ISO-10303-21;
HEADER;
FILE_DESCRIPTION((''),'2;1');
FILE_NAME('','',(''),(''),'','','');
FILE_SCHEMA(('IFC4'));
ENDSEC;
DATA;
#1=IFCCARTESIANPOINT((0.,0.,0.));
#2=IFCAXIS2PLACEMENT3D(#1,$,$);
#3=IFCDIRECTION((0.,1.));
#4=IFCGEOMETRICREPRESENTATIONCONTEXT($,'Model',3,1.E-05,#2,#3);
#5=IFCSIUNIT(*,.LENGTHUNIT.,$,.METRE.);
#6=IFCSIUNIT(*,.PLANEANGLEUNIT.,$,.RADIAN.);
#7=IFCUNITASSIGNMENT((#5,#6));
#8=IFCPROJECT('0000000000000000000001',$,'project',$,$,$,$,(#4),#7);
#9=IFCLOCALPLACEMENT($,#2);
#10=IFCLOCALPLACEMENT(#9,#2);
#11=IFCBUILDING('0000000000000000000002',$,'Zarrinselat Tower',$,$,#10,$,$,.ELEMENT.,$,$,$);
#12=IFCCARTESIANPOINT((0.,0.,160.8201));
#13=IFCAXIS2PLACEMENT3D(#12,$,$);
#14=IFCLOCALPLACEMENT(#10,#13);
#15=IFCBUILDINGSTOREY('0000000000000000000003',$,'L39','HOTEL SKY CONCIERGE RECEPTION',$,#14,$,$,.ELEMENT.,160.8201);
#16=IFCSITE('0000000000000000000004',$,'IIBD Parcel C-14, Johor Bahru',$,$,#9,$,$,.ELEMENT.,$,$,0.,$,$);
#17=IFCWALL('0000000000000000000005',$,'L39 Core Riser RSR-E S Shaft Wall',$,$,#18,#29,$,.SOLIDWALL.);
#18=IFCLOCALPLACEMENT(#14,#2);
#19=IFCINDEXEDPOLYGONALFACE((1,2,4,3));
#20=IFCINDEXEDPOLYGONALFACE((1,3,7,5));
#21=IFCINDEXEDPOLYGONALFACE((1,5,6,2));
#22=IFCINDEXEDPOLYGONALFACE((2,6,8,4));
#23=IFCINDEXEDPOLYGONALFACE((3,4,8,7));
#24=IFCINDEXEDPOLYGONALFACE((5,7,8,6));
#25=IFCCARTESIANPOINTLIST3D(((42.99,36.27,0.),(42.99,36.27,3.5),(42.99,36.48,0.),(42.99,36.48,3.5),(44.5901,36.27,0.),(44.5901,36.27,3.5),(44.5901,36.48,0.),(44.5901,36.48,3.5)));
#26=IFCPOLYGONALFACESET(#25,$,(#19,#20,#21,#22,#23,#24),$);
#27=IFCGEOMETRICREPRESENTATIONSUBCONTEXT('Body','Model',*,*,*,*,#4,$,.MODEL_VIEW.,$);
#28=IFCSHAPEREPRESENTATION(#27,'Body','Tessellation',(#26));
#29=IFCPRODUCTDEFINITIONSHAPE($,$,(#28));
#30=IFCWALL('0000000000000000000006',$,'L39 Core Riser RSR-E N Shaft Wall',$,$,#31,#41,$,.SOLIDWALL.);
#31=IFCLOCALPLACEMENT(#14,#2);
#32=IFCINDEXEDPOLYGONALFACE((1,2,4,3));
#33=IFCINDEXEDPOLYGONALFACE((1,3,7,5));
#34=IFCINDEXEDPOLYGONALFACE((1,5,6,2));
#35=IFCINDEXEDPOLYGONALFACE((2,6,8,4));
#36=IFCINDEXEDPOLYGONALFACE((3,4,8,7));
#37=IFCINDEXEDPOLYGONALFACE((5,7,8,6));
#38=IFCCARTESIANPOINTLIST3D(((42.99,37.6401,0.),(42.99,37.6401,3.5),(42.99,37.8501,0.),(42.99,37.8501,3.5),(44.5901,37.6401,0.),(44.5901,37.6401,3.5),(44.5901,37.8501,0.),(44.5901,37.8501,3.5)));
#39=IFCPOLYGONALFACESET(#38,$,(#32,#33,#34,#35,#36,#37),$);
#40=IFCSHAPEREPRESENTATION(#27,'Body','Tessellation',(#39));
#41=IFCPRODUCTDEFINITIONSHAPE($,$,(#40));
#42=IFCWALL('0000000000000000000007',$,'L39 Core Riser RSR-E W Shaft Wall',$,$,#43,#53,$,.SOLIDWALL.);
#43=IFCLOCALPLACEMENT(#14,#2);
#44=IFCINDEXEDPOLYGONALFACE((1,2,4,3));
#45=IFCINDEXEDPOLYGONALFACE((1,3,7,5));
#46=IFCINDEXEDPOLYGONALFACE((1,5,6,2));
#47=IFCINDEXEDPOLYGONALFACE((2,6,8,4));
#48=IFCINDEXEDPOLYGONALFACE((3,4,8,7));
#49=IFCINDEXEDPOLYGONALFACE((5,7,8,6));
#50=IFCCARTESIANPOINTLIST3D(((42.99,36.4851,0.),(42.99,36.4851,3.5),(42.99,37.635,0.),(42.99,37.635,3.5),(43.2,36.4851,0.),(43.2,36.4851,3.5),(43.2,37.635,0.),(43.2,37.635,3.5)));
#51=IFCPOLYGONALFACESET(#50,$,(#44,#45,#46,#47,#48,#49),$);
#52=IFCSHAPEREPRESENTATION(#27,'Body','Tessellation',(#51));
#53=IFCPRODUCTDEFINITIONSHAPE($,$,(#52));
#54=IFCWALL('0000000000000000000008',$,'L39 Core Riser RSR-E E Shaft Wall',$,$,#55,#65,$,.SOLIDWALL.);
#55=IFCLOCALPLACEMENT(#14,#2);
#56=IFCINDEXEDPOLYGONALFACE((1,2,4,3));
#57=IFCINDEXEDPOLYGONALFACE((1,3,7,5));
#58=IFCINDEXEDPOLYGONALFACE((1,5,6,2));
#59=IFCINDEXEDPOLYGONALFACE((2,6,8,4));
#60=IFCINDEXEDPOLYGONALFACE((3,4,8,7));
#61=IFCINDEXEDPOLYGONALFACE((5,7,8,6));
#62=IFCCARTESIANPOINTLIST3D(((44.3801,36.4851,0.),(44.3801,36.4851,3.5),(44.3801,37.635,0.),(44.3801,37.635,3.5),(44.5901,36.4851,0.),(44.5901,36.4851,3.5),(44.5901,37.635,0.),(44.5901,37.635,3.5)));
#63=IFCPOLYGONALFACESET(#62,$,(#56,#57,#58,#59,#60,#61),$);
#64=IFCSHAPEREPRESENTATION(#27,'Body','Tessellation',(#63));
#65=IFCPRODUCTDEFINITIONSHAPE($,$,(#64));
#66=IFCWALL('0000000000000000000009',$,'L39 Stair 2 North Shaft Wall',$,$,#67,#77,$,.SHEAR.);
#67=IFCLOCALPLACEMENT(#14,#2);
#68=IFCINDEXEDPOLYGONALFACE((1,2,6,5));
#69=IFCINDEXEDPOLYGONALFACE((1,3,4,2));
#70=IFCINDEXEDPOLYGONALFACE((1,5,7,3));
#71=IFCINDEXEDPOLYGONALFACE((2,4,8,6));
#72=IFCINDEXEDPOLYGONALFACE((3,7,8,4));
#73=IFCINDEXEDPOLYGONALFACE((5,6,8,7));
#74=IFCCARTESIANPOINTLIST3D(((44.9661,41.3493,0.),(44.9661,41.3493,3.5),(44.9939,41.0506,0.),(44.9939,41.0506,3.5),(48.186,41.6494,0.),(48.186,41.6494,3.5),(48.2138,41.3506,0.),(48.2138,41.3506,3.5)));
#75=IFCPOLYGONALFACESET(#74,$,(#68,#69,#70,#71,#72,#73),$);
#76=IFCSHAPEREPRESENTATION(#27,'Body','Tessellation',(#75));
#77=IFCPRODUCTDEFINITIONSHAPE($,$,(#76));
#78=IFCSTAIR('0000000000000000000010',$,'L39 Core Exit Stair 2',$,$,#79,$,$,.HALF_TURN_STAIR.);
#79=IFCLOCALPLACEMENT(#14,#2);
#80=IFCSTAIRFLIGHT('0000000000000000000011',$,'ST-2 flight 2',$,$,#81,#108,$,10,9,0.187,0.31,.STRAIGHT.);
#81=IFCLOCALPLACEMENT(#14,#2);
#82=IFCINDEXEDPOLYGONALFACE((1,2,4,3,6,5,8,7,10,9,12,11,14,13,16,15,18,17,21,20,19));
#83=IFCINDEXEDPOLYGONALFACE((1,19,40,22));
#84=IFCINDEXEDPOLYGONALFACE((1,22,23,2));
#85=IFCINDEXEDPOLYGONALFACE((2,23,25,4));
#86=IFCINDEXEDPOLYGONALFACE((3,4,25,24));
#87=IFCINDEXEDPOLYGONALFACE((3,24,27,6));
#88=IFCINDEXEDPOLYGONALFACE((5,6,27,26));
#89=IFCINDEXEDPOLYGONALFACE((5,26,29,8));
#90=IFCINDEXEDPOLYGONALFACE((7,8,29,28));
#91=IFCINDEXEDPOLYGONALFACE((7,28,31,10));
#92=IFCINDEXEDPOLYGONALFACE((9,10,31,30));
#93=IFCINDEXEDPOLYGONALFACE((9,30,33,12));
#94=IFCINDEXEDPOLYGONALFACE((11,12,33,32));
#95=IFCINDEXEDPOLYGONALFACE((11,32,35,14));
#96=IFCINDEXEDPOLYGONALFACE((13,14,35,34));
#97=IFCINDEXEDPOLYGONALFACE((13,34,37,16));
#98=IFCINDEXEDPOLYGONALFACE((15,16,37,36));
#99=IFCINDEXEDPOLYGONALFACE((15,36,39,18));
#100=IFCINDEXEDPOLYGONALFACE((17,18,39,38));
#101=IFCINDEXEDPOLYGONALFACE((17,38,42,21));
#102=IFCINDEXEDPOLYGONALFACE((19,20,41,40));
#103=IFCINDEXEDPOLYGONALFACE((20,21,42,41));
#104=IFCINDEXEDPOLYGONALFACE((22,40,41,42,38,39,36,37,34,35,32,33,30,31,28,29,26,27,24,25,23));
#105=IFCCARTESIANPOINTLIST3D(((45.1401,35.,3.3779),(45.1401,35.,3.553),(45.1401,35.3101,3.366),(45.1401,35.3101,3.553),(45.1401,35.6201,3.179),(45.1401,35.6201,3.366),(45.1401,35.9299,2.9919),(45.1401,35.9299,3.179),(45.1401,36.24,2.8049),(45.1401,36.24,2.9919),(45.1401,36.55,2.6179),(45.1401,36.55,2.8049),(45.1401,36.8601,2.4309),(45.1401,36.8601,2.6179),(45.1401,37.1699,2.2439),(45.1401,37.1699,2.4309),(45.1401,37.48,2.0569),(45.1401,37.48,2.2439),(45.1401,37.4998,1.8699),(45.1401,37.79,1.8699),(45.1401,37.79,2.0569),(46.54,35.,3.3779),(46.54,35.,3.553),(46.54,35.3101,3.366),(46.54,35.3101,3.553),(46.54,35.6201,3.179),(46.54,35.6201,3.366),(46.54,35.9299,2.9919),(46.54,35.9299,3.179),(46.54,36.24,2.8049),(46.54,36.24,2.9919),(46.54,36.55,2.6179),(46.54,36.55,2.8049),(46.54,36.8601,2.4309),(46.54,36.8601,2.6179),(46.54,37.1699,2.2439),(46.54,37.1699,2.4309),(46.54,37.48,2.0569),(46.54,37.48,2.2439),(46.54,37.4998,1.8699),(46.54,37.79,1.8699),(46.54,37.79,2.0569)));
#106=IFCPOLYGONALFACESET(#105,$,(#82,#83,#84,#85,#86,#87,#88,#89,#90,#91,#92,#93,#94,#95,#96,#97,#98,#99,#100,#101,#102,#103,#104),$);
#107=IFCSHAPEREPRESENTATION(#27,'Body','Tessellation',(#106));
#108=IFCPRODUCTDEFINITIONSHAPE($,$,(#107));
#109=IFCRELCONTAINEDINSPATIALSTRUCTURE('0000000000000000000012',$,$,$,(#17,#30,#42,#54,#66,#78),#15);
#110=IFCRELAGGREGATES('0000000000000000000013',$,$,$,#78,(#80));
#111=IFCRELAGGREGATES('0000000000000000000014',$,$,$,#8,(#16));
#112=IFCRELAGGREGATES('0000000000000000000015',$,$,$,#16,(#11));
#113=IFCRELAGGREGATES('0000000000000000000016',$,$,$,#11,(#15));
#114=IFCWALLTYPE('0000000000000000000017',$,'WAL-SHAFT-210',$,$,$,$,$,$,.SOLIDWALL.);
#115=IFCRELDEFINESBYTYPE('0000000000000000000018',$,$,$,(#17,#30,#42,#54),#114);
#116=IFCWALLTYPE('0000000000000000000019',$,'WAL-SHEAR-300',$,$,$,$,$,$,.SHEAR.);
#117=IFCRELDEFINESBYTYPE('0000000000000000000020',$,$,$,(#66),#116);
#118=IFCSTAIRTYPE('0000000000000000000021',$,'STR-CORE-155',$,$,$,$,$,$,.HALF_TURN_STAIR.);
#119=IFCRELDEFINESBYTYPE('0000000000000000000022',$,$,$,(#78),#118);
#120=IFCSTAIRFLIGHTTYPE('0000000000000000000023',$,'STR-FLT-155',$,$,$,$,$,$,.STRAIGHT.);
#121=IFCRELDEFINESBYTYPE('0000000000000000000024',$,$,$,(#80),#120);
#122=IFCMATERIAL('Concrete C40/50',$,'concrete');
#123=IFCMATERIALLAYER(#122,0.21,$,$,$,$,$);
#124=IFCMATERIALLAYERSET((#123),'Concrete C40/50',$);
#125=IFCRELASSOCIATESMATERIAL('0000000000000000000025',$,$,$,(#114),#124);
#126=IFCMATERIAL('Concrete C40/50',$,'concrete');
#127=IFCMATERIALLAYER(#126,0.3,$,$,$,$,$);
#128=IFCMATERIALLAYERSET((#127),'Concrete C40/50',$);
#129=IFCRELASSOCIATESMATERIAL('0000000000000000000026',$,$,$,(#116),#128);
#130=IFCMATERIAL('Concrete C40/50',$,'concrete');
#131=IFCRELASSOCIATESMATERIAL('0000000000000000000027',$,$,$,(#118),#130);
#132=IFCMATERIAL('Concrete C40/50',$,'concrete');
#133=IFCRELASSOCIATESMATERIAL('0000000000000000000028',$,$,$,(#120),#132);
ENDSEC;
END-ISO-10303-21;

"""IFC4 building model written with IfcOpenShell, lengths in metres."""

from ifc_helpers import new_model, si_unit, direction, frame, frame_2d, origin, place, context, subcontext, project, spatial, polyline, rectangle, outline, extrude, material, layer, layer_set, type_object, element, aggregate, save


model = new_model("IFC4")

# Units and contexts
model_context = context("Model", 3, precision=1e-05, world=origin(), true_north=direction((0.0, 1.0)))
body_context = subcontext(model_context, "Body", "Model", "MODEL_VIEW")
ifc_project = project(units=[si_unit("LENGTHUNIT", "METRE"), si_unit("PLANEANGLEUNIT", "RADIAN")], contexts=[model_context])

# Site, building, storey
site_placement = place(None, origin())
site = spatial("IfcSite", under=ifc_project, at=site_placement, Name="IIBD Parcel C-14, Johor Bahru", CompositionType="ELEMENT", RefElevation=0.0)
building_placement = place(site_placement, origin())
building = spatial("IfcBuilding", under=site, at=building_placement, Name="Zarrinselat Tower", CompositionType="ELEMENT")
storey_placement = place(building_placement, frame((0.0, 0.0, 160.8201)))
storey = spatial("IfcBuildingStorey", under=building, at=storey_placement, Name="L39", Description="HOTEL SKY CONCIERGE RECEPTION", CompositionType="ELEMENT", Elevation=160.8201)

# Walls
ifc_material_1 = material(Name="Concrete C40/50", Category="concrete")
ifc_layer_1 = layer(ifc_material_1, 0.21)
ifc_layer_set_1 = layer_set([ifc_layer_1], Name="Concrete C40/50")
wall_type_1 = type_object("IfcWallType", Name="WAL-SHAFT-210", PredefinedType="SOLIDWALL", material=ifc_layer_set_1)
for number, where, z_axis, x_axis, name in (
    (1, (42.99, 36.375, 0.0), (0.0, 0.0, 1.0), (1.0, 0.0, 0.0), "L39 Core Riser RSR-E S Shaft Wall"),
    (2, (42.99, 37.7451, 0.0), (0.0, 0.0, 1.0), (1.0, 0.0, 0.0), "L39 Core Riser RSR-E N Shaft Wall"),
):
    element("IfcWall", number, at=place(storey_placement, frame(where, z_axis=z_axis, x_axis=x_axis)), inside=storey, type_object=wall_type_1, Name=name, PredefinedType="SOLIDWALL", context=body_context, shape_type="SweptSolid", body=[
        extrude(rectangle(XDim=1.6001, YDim=0.21, at=frame_2d((0.8, 0.0))), origin(), (0.0, 0.0, 1.0), 3.5),
    ])
for number, where, z_axis, x_axis, name in (
    (3, (43.095, 36.4851, 0.0), (0.0, 0.0, 1.0), (0.0, 1.0, 0.0), "L39 Core Riser RSR-E W Shaft Wall"),
    (4, (44.4851, 36.4851, 0.0), (0.0, 0.0, 1.0), (0.0, 1.0, 0.0), "L39 Core Riser RSR-E E Shaft Wall"),
):
    element("IfcWall", number, at=place(storey_placement, frame(where, z_axis=z_axis, x_axis=x_axis)), inside=storey, type_object=wall_type_1, Name=name, PredefinedType="SOLIDWALL", context=body_context, shape_type="SweptSolid", body=[
        extrude(rectangle(XDim=1.1499, YDim=0.21, at=frame_2d((0.575, 0.0))), origin(), (0.0, 0.0, 1.0), 3.5),
    ])
ifc_material_2 = material(Name="Concrete C40/50", Category="concrete")
ifc_layer_2 = layer(ifc_material_2, 0.3)
ifc_layer_set_2 = layer_set([ifc_layer_2], Name="Concrete C40/50")
wall_type_2 = type_object("IfcWallType", Name="WAL-SHEAR-300", PredefinedType="SHEAR", material=ifc_layer_set_2)
wall_1_placement = place(storey_placement, frame((44.98, 41.2, 0.0), z_axis=(0.0, 0.0, 1.0), x_axis=(0.995686, 0.092782, 0.0)))
element("IfcWall", 5, at=wall_1_placement, inside=storey, type_object=wall_type_2, Name="L39 Stair 2 North Shaft Wall", PredefinedType="SHEAR", context=body_context, shape_type="SweptSolid", body=[
    extrude(rectangle(XDim=3.2339, YDim=0.3, at=frame_2d((1.6169, 0.0))), origin(), (0.0, 0.0, 1.0), 3.5),
])

# Stair, stair flight
ifc_material_3 = material(Name="Concrete C40/50", Category="concrete")
stair_type = type_object("IfcStairType", Name="STR-CORE-155", PredefinedType="HALF_TURN_STAIR", material=ifc_material_3)
stair_placement = place(storey_placement, origin())
stair = element("IfcStair", 6, at=stair_placement, inside=storey, type_object=stair_type, Name="L39 Core Exit Stair 2", PredefinedType="HALF_TURN_STAIR")
ifc_material_4 = material(Name="Concrete C40/50", Category="concrete")
stair_flight_type = type_object("IfcStairFlightType", Name="STR-FLT-155", PredefinedType="STRAIGHT", material=ifc_material_4)
stair_flight_placement = place(storey_placement, frame((45.8401, 37.79, 1.8699), z_axis=(0.0, 0.0, 1.0), x_axis=(0.0, -1.0, 0.0)))
stair_flight = element("IfcStairFlight", 7, at=stair_flight_placement, type_object=stair_flight_type, Name="ST-2 flight 2", NumberOfRisers=10, NumberOfTreads=9, PredefinedType="STRAIGHT", RiserHeight=0.187, TreadLength=0.31, context=body_context, shape_type="SweptSolid", body=[
    extrude(outline(polyline([(0.0, 0.0), (0.0, 0.187), (0.3101, 0.187), (0.3101, 0.374), (0.6201, 0.374), (0.6201, 0.561), (0.9299, 0.561), (0.9299, 0.748), (1.24, 0.748), (1.24, 0.9351), (1.55, 0.9351), (1.55, 1.1221), (1.8601, 1.1221), (1.8601, 1.3091), (2.1699, 1.3091), (2.1699, 1.4961), (2.48, 1.4961), (2.48, 1.6831), (2.79, 1.6831), (2.79, 1.8701), (2.79, 1.5081), (0.2903, 0.0), (0.0, 0.0)])), frame((0.0, 0.7, 0.0), z_axis=(0.0, -1.0, 0.0), x_axis=(1.0, 0.0, 0.0)), (0.0, 0.0, 1.0), 1.3999),
])
aggregate(stair, [stair_flight])

save(model, "model.ifc")
